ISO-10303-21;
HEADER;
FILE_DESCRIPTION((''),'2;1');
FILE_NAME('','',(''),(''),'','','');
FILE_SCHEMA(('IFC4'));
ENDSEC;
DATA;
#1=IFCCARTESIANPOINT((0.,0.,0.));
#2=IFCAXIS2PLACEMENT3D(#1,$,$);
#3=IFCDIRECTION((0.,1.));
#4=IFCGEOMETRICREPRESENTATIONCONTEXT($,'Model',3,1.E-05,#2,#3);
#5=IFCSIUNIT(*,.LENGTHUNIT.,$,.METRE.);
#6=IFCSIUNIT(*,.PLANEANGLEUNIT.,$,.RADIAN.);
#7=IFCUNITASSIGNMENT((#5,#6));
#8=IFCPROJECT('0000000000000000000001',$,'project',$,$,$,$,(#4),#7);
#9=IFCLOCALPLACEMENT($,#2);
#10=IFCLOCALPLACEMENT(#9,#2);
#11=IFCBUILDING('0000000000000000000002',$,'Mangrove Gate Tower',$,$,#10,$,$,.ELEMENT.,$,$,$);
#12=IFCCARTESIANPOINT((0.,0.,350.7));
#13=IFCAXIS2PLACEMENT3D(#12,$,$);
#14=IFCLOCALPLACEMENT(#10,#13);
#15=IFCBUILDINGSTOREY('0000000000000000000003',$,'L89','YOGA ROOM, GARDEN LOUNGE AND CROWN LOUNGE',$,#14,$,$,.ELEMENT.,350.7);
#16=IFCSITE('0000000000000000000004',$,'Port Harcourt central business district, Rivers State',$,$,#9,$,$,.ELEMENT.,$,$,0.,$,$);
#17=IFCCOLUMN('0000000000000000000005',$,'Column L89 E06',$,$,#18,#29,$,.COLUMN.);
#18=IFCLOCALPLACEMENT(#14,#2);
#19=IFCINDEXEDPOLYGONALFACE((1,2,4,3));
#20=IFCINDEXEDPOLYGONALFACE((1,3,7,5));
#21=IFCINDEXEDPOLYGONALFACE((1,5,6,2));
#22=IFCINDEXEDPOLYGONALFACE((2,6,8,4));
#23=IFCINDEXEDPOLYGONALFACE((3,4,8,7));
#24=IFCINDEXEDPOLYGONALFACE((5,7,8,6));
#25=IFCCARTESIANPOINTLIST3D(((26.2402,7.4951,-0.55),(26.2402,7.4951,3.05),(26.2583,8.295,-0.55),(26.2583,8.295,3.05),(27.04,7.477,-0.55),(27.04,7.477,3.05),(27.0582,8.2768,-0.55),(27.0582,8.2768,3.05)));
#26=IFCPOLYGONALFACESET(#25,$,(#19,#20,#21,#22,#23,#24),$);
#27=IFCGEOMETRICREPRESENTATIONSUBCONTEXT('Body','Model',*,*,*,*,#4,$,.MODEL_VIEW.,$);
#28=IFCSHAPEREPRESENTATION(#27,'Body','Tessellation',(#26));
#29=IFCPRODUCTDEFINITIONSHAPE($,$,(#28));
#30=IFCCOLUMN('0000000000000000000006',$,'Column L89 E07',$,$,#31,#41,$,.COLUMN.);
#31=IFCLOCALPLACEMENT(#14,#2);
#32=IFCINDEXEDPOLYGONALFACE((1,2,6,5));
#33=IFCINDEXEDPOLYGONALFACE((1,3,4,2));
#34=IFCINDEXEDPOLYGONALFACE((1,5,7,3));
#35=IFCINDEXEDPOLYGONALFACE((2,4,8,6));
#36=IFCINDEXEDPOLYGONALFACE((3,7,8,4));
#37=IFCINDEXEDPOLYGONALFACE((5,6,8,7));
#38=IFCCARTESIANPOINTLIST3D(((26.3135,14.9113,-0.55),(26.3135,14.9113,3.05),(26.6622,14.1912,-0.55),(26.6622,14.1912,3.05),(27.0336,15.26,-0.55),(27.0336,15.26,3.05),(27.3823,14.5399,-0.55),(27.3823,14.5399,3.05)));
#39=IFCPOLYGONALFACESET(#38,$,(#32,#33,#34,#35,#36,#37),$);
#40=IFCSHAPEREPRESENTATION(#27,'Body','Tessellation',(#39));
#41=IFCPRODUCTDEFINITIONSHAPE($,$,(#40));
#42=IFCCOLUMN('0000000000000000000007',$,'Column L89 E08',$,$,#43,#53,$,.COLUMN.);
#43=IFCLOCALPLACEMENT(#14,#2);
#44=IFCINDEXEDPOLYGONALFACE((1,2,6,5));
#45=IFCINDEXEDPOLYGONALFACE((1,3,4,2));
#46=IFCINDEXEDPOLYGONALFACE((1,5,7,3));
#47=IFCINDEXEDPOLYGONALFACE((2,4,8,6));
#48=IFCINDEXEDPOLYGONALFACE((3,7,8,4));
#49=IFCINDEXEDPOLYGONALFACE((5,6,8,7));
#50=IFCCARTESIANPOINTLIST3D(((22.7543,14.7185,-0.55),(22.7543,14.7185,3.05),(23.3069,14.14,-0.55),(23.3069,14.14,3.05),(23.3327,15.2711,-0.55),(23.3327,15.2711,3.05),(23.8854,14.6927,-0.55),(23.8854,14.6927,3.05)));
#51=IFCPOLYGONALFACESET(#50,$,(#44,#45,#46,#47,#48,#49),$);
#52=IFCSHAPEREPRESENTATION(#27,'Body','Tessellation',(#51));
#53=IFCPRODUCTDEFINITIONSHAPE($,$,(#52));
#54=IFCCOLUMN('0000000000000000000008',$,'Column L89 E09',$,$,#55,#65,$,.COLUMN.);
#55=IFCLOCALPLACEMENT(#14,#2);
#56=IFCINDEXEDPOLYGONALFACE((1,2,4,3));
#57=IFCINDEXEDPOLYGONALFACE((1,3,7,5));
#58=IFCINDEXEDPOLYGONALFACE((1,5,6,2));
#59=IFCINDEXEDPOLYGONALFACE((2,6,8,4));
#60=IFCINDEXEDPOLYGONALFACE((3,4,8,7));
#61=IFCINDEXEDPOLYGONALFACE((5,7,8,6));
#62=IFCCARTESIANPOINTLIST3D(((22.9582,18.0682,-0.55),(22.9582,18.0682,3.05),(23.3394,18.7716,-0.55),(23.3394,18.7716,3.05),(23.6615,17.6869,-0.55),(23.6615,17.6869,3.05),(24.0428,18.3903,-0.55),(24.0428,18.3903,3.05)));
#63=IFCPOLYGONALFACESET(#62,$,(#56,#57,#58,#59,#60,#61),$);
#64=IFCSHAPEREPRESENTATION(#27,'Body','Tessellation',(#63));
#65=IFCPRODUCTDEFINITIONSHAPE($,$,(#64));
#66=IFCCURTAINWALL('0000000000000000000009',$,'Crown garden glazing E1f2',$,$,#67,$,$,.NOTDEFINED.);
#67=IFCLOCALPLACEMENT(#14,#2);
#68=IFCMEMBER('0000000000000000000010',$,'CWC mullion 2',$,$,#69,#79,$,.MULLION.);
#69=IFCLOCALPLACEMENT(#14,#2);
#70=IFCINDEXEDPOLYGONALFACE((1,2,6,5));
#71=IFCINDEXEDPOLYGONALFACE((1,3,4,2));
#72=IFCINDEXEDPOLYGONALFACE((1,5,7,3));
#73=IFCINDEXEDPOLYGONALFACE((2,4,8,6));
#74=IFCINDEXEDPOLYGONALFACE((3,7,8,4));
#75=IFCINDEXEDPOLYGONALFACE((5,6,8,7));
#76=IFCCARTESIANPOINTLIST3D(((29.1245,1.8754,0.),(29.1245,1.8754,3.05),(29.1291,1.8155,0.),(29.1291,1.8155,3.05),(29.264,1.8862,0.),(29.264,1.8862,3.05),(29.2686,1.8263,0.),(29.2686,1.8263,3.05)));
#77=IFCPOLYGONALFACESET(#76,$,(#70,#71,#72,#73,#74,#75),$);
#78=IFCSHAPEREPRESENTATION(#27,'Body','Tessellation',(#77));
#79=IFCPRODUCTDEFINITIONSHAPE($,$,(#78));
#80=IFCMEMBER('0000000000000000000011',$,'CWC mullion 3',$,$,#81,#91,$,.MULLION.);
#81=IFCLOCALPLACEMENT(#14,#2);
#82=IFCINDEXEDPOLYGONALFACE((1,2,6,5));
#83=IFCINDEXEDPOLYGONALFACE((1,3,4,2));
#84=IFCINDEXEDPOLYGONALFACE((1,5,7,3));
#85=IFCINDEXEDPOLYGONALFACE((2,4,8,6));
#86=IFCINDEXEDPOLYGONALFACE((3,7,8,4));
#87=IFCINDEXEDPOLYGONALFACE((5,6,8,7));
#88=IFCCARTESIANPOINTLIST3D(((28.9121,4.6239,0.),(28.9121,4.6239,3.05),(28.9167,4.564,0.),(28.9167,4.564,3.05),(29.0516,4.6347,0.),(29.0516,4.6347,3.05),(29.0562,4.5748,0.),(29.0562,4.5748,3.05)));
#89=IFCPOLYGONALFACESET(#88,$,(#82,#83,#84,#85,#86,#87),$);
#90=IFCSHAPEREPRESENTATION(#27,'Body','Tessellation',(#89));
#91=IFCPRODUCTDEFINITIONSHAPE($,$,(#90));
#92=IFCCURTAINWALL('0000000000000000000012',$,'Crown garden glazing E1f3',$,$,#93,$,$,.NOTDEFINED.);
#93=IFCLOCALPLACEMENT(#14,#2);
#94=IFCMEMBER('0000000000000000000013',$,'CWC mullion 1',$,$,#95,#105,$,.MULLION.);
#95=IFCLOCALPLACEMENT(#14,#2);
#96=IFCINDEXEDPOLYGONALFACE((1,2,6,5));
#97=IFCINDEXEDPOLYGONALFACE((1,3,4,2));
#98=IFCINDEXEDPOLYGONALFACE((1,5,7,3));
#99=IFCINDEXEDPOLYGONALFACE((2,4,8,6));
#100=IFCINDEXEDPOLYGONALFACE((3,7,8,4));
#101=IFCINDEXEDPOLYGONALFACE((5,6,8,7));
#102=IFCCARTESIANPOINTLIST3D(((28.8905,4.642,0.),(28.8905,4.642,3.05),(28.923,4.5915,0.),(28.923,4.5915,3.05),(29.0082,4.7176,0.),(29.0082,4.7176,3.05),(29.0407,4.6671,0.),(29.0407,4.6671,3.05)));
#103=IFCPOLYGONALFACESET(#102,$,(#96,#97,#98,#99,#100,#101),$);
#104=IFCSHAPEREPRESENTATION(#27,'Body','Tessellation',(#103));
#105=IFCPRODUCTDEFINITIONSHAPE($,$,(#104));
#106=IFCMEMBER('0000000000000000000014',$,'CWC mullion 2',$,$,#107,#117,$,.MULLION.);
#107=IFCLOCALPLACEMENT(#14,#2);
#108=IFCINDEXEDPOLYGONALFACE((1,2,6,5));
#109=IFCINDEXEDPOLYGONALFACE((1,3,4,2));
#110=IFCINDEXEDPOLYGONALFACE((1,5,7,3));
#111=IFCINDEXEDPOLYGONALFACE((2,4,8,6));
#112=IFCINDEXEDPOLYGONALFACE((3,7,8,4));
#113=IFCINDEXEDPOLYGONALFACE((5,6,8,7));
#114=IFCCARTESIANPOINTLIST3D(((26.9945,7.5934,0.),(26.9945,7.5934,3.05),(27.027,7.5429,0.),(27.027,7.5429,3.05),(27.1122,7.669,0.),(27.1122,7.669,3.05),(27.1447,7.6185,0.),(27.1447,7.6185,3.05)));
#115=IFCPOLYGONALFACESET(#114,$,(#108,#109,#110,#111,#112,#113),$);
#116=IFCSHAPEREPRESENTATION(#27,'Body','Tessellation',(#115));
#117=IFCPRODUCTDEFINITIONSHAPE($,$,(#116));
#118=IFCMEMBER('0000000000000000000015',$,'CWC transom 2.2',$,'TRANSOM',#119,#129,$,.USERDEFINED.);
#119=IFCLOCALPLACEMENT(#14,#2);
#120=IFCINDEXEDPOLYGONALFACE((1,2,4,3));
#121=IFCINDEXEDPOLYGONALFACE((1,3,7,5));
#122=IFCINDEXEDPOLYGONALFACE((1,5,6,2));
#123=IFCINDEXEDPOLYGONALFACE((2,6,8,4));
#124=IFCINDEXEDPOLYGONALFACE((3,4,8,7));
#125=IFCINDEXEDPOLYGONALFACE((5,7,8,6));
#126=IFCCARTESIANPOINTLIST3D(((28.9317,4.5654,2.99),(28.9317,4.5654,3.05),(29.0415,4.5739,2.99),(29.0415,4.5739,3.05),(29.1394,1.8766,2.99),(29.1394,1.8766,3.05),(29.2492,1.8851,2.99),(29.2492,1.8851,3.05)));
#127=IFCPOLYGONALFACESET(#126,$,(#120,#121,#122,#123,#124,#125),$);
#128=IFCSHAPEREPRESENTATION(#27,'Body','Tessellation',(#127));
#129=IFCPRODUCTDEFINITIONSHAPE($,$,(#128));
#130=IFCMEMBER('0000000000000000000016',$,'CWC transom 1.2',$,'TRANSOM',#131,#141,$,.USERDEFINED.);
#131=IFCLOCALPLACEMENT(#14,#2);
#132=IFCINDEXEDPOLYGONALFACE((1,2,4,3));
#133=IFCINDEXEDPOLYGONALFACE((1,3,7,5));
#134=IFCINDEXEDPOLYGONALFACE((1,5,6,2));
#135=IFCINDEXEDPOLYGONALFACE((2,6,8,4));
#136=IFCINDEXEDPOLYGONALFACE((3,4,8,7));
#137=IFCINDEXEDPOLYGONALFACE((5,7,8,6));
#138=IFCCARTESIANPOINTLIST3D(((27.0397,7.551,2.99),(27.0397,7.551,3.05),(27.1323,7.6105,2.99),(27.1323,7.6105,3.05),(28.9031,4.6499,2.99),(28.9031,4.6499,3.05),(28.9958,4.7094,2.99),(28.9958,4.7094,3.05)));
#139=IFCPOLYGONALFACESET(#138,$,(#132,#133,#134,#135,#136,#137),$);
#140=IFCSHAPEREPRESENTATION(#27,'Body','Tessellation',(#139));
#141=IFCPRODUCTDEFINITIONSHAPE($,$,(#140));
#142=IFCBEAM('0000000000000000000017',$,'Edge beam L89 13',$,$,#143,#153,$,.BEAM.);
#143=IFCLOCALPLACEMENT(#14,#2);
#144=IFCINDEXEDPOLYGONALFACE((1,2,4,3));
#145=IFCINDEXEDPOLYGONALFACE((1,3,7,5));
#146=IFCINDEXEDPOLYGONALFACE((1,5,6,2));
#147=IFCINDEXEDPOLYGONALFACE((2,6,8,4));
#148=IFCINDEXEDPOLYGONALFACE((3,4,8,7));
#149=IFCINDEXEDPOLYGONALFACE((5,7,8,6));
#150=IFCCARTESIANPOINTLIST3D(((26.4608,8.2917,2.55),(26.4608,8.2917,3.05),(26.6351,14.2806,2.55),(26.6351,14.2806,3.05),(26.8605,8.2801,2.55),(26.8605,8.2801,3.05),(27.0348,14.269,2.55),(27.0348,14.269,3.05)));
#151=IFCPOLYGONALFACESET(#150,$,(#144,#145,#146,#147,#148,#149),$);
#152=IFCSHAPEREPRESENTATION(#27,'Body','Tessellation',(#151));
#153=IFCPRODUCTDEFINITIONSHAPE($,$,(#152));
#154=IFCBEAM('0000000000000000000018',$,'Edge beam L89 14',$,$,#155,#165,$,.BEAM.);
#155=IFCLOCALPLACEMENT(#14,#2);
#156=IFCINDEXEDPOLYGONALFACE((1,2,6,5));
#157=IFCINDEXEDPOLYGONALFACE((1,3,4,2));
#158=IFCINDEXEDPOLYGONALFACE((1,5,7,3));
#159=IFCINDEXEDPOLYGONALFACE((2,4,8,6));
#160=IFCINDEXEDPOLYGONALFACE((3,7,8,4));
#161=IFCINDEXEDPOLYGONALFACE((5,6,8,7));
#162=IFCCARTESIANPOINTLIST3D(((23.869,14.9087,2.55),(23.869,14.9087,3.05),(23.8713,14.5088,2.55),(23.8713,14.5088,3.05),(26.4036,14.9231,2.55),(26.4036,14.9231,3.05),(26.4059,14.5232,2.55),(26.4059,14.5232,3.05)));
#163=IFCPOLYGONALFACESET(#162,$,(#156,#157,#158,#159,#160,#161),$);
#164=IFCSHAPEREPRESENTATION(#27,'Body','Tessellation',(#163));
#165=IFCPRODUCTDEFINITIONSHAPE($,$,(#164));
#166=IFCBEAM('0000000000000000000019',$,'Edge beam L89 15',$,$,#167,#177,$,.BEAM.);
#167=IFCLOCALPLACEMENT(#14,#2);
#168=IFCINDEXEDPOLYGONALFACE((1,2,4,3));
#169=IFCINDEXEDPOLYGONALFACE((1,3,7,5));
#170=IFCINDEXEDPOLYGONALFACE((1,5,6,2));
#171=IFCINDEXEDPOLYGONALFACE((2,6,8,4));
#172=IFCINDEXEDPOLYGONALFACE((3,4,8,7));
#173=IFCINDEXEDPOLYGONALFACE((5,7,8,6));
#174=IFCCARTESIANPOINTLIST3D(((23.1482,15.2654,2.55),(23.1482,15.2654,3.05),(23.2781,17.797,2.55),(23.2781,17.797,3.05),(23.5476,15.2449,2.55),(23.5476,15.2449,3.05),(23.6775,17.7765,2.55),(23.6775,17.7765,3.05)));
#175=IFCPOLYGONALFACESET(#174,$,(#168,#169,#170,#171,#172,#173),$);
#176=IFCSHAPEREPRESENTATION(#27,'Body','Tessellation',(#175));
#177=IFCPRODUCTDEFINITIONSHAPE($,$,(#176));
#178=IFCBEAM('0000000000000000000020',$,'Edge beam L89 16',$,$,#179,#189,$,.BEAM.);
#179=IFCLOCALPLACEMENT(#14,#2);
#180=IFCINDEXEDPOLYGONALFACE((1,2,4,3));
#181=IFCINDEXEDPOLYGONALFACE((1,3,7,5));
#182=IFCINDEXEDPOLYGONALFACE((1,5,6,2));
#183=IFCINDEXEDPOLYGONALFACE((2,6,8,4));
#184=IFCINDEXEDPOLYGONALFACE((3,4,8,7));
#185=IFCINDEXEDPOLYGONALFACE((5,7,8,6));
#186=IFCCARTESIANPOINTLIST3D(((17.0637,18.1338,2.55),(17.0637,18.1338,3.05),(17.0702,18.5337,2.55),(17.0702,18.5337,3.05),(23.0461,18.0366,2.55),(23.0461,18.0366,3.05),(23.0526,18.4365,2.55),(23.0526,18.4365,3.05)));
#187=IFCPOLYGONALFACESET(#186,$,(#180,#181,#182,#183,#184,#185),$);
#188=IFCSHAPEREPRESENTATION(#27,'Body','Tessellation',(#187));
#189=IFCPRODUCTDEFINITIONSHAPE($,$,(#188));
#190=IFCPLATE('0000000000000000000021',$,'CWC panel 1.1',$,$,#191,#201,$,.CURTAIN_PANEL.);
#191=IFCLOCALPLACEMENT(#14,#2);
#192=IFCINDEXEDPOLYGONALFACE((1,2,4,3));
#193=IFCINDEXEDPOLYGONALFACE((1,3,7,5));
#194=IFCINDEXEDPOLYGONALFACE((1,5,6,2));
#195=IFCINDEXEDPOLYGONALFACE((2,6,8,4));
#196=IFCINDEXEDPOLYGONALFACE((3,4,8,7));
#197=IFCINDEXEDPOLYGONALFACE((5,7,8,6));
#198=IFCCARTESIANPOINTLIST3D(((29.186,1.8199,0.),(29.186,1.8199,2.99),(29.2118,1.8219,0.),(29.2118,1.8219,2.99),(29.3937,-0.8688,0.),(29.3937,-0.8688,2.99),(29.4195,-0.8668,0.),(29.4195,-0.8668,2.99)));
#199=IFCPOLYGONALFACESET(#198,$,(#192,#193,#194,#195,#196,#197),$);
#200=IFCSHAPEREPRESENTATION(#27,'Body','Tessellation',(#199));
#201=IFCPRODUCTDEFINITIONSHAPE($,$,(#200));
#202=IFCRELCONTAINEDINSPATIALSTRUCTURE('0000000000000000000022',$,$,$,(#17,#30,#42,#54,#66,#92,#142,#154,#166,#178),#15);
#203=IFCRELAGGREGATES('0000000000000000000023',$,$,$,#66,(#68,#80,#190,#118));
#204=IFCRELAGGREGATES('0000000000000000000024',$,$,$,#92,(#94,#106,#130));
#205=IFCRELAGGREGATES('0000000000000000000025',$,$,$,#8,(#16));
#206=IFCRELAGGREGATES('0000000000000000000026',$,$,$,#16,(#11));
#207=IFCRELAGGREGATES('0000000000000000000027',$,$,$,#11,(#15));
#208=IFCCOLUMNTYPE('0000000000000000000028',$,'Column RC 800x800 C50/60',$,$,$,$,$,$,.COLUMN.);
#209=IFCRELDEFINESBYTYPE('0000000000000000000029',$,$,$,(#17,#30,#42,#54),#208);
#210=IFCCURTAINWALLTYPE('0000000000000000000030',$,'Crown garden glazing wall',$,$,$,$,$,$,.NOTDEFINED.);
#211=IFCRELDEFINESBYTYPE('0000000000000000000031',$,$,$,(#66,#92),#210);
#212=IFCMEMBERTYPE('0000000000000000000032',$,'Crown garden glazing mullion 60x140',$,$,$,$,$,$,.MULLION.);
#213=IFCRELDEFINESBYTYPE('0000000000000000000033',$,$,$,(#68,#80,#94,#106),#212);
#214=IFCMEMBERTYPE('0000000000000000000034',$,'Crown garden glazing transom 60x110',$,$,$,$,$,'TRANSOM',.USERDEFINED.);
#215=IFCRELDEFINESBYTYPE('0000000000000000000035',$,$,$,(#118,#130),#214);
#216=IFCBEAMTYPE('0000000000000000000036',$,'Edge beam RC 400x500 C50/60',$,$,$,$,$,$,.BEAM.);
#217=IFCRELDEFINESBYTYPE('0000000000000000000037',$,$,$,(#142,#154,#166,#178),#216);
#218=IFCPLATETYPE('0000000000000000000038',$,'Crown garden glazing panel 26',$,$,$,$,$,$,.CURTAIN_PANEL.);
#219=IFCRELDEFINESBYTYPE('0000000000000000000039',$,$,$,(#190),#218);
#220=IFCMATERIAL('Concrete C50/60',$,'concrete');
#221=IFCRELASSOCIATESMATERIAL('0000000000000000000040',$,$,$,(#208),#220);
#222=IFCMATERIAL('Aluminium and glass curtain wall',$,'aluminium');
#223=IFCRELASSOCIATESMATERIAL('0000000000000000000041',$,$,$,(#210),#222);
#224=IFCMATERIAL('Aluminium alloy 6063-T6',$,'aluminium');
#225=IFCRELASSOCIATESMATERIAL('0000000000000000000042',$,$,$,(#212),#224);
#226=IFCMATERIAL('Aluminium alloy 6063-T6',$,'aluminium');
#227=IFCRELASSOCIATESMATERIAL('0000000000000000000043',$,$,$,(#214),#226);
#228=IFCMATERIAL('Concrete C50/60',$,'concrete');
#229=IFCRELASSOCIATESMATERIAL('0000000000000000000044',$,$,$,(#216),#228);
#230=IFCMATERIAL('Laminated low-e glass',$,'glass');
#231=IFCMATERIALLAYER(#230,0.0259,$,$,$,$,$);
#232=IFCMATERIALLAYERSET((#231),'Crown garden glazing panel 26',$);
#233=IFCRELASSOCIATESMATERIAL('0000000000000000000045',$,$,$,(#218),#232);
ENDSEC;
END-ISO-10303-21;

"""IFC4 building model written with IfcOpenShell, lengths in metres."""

from ifc_helpers import new_model, si_unit, direction, frame, origin, origin_2d, place, context, subcontext, project, spatial, rectangle, extrude, material, layer, layer_set, material_profile, profile_set, type_object, element, aggregate, save


model = new_model("IFC4")

# Units and contexts
model_context = context("Model", 3, precision=1e-05, world=origin(), true_north=direction((0.0, 1.0)))
body_context = subcontext(model_context, "Body", "Model", "MODEL_VIEW")
ifc_project = project(units=[si_unit("LENGTHUNIT", "METRE"), si_unit("PLANEANGLEUNIT", "RADIAN")], contexts=[model_context])

# Site, building, storey
site_placement = place(None, origin())
site = spatial("IfcSite", under=ifc_project, at=site_placement, Name="Port Harcourt central business district, Rivers State", CompositionType="ELEMENT", RefElevation=0.0)
building_placement = place(site_placement, origin())
building = spatial("IfcBuilding", under=site, at=building_placement, Name="Mangrove Gate Tower", CompositionType="ELEMENT")
storey_placement = place(building_placement, frame((0.0, 0.0, 350.7)))
storey = spatial("IfcBuildingStorey", under=building, at=storey_placement, Name="L89", Description="YOGA ROOM, GARDEN LOUNGE AND CROWN LOUNGE", CompositionType="ELEMENT", Elevation=350.7)

# Columns
ifc_material_1 = material(Name="Concrete C50/60", Category="concrete")
ifc_material_profile_1 = material_profile(ifc_material_1, rectangle(XDim=0.8, YDim=0.8, at=origin_2d()))
ifc_profile_set_1 = profile_set([ifc_material_profile_1], Name="Concrete C50/60")
column_type = type_object("IfcColumnType", Name="Column RC 800x800 C50/60", PredefinedType="COLUMN", material=ifc_profile_set_1)
for number, where, z_axis, x_axis, name in (
    (1, (26.6492, 7.886, -0.55), (0.0, 0.0, 1.0), (0.022671, 0.999743, 0.0), "Column L89 E06"),
    (2, (26.8479, 14.7256, -0.55), (0.0, 0.0, 1.0), (-0.435776, 0.900055, 0.0), "Column L89 E07"),
    (3, (23.3198, 14.7056, -0.55), (0.0, 0.0, 1.0), (-0.690817, 0.72303, 0.0), "Column L89 E08"),
    (4, (23.5005, 18.2292, -0.55), (0.0, 0.0, 1.0), (-0.879153, 0.47654, 0.0), "Column L89 E09"),
):
    element("IfcColumn", number, at=place(storey_placement, frame(where, z_axis=z_axis, x_axis=x_axis)), inside=storey, type_object=column_type, Name=name, PredefinedType="COLUMN", context=body_context, shape_type="SweptSolid", body=[
        extrude(rectangle(XDim=0.8, YDim=0.8, at=origin_2d()), origin(), (0.0, 0.0, 1.0), 3.6001),
    ])

# Curtain walls, members
ifc_material_2 = material(Name="Aluminium and glass curtain wall", Category="aluminium")
curtain_wall_type = type_object("IfcCurtainWallType", Name="Crown garden glazing wall", PredefinedType="NOTDEFINED", material=ifc_material_2)
curtain_wall_1_placement = place(storey_placement, origin())
curtain_wall_1 = element("IfcCurtainWall", 5, at=curtain_wall_1_placement, inside=storey, type_object=curtain_wall_type, Name="Crown garden glazing E1f2", PredefinedType="NOTDEFINED")
ifc_material_3 = material(Name="Aluminium alloy 6063-T6", Category="aluminium")
ifc_material_profile_2 = material_profile(ifc_material_3, rectangle(XDim=0.0601, YDim=0.1399, at=origin_2d()))
ifc_profile_set_2 = profile_set([ifc_material_profile_2], Name="Aluminium alloy 6063-T6")
member_type_1 = type_object("IfcMemberType", Name="Crown garden glazing mullion 60x140", PredefinedType="MULLION", material=ifc_profile_set_2)
member_1_placement = place(storey_placement, frame((29.1965, 1.8508, 0.0), z_axis=(0.0, 0.0, 1.0), x_axis=(-0.077023, 0.997029, 0.0)))
member_1 = element("IfcMember", 6, at=member_1_placement, type_object=member_type_1, Name="CWC mullion 2", PredefinedType="MULLION", context=body_context, shape_type="SweptSolid", body=[
    extrude(rectangle(XDim=0.0601, YDim=0.1399, at=origin_2d()), origin(), (0.0, 0.0, 1.0), 3.05),
])
member_2_placement = place(storey_placement, frame((28.9841, 4.5994, 0.0), z_axis=(0.0, 0.0, 1.0), x_axis=(-0.077023, 0.997029, 0.0)))
member_2 = element("IfcMember", 7, at=member_2_placement, type_object=member_type_1, Name="CWC mullion 3", PredefinedType="MULLION", context=body_context, shape_type="SweptSolid", body=[
    extrude(rectangle(XDim=0.0601, YDim=0.1399, at=origin_2d()), origin(), (0.0, 0.0, 1.0), 3.05),
])
curtain_wall_2_placement = place(storey_placement, origin())
curtain_wall_2 = element("IfcCurtainWall", 8, at=curtain_wall_2_placement, inside=storey, type_object=curtain_wall_type, Name="Crown garden glazing E1f3", PredefinedType="NOTDEFINED")
member_3_placement = place(storey_placement, frame((28.9656, 4.6545, 0.0), z_axis=(0.0, 0.0, 1.0), x_axis=(-0.540496, 0.841346, 0.0)))
member_3 = element("IfcMember", 9, at=member_3_placement, type_object=member_type_1, Name="CWC mullion 1", PredefinedType="MULLION", context=body_context, shape_type="SweptSolid", body=[
    extrude(rectangle(XDim=0.0601, YDim=0.1399, at=origin_2d()), origin(), (0.0, 0.0, 1.0), 3.05),
])
member_4_placement = place(storey_placement, frame((27.0696, 7.606, 0.0), z_axis=(0.0, 0.0, 1.0), x_axis=(-0.540496, 0.841346, 0.0)))
member_4 = element("IfcMember", 10, at=member_4_placement, type_object=member_type_1, Name="CWC mullion 2", PredefinedType="MULLION", context=body_context, shape_type="SweptSolid", body=[
    extrude(rectangle(XDim=0.0601, YDim=0.1399, at=origin_2d()), origin(), (0.0, 0.0, 1.0), 3.05),
])

# Members
ifc_material_4 = material(Name="Aluminium alloy 6063-T6", Category="aluminium")
ifc_material_profile_3 = material_profile(ifc_material_4, rectangle(XDim=0.0601, YDim=0.1101, at=origin_2d()))
ifc_profile_set_3 = profile_set([ifc_material_profile_3], Name="Aluminium alloy 6063-T6")
member_type_2 = type_object("IfcMemberType", Name="Crown garden glazing transom 60x110", ElementType="TRANSOM", PredefinedType="USERDEFINED", material=ifc_profile_set_3)
member_5_placement = place(storey_placement, frame((29.1943, 1.8809, 3.02), z_axis=(-0.077043, 0.997028, 0.0), x_axis=(0.0, 0.0, 1.0)))
member_5 = element("IfcMember", 11, at=member_5_placement, type_object=member_type_2, Name="CWC transom 2.2", ObjectType="TRANSOM", PredefinedType="USERDEFINED", context=body_context, shape_type="SweptSolid", body=[
    extrude(rectangle(XDim=0.0601, YDim=0.1101, at=origin_2d()), origin(), (0.0, 0.0, 1.0), 2.6968),
])
member_6_placement = place(storey_placement, frame((28.9495, 4.6797, 3.02), z_axis=(-0.540453, 0.841374, 0.0), x_axis=(0.0, 0.0, 1.0)))
member_6 = element("IfcMember", 12, at=member_6_placement, type_object=member_type_2, Name="CWC transom 1.2", ObjectType="TRANSOM", PredefinedType="USERDEFINED", context=body_context, shape_type="SweptSolid", body=[
    extrude(rectangle(XDim=0.0601, YDim=0.1101, at=origin_2d()), origin(), (0.0, 0.0, 1.0), 3.448),
])

# Beams
ifc_material_5 = material(Name="Concrete C50/60", Category="concrete")
ifc_material_profile_4 = material_profile(ifc_material_5, rectangle(XDim=0.3999, YDim=0.5, at=origin_2d()))
ifc_profile_set_4 = profile_set([ifc_material_profile_4], Name="Concrete C50/60")
beam_type = type_object("IfcBeamType", Name="Edge beam RC 400x500 C50/60", PredefinedType="BEAM", material=ifc_profile_set_4)
beam_1_placement = place(storey_placement, frame((26.6606, 8.2859, 2.8), z_axis=(0.029094, 0.999577, 0.0), x_axis=(-0.999577, 0.029094, 0.0)))
element("IfcBeam", 13, at=beam_1_placement, inside=storey, type_object=beam_type, Name="Edge beam L89 13", PredefinedType="BEAM", context=body_context, shape_type="SweptSolid", body=[
    extrude(rectangle(XDim=0.3999, YDim=0.5, at=origin_2d()), origin(), (0.0, 0.0, 1.0), 5.9915),
])
beam_2_placement = place(storey_placement, frame((26.4048, 14.7231, 2.8), z_axis=(-0.999984, -0.005683, 0.0), x_axis=(0.005683, -0.999984, 0.0)))
element("IfcBeam", 14, at=beam_2_placement, inside=storey, type_object=beam_type, Name="Edge beam L89 14", PredefinedType="BEAM", context=body_context, shape_type="SweptSolid", body=[
    extrude(rectangle(XDim=0.3999, YDim=0.5, at=origin_2d()), origin(), (0.0, 0.0, 1.0), 2.5347),
])
beam_3_placement = place(storey_placement, frame((23.3479, 15.2551, 2.8), z_axis=(0.051239, 0.998686, 0.0), x_axis=(-0.998686, 0.051239, 0.0)))
element("IfcBeam", 15, at=beam_3_placement, inside=storey, type_object=beam_type, Name="Edge beam L89 15", PredefinedType="BEAM", context=body_context, shape_type="SweptSolid", body=[
    extrude(rectangle(XDim=0.3999, YDim=0.5, at=origin_2d()), origin(), (0.0, 0.0, 1.0), 2.5349),
])
beam_4_placement = place(storey_placement, frame((23.0493, 18.2366, 2.8), z_axis=(-0.999868, 0.01624, 0.0), x_axis=(-0.01624, -0.999868, 0.0)))
element("IfcBeam", 16, at=beam_4_placement, inside=storey, type_object=beam_type, Name="Edge beam L89 16", PredefinedType="BEAM", context=body_context, shape_type="SweptSolid", body=[
    extrude(rectangle(XDim=0.3999, YDim=0.5, at=origin_2d()), origin(), (0.0, 0.0, 1.0), 5.9832),
])

# Plate
ifc_material_6 = material(Name="Laminated low-e glass", Category="glass")
ifc_layer_1 = layer(ifc_material_6, 0.0259)
ifc_layer_set_1 = layer_set([ifc_layer_1], Name="Crown garden glazing panel 26")
plate_type = type_object("IfcPlateType", Name="Crown garden glazing panel 26", PredefinedType="CURTAIN_PANEL", material=ifc_layer_set_1)
plate_1_placement = place(storey_placement, frame((29.3027, 0.4766, 0.0), z_axis=(0.0, 0.0, 1.0), x_axis=(-0.077023, 0.997029, 0.0)))
plate_1 = element("IfcPlate", 17, at=plate_1_placement, type_object=plate_type, Name="CWC panel 1.1", PredefinedType="CURTAIN_PANEL", context=body_context, shape_type="SweptSolid", body=[
    extrude(rectangle(XDim=2.6968, YDim=0.0259, at=origin_2d()), origin(), (0.0, 0.0, 1.0), 2.99),
])
aggregate(curtain_wall_1, [member_1, member_2, plate_1, member_5])
aggregate(curtain_wall_2, [member_3, member_4, member_6])

save(model, "model.ifc")
